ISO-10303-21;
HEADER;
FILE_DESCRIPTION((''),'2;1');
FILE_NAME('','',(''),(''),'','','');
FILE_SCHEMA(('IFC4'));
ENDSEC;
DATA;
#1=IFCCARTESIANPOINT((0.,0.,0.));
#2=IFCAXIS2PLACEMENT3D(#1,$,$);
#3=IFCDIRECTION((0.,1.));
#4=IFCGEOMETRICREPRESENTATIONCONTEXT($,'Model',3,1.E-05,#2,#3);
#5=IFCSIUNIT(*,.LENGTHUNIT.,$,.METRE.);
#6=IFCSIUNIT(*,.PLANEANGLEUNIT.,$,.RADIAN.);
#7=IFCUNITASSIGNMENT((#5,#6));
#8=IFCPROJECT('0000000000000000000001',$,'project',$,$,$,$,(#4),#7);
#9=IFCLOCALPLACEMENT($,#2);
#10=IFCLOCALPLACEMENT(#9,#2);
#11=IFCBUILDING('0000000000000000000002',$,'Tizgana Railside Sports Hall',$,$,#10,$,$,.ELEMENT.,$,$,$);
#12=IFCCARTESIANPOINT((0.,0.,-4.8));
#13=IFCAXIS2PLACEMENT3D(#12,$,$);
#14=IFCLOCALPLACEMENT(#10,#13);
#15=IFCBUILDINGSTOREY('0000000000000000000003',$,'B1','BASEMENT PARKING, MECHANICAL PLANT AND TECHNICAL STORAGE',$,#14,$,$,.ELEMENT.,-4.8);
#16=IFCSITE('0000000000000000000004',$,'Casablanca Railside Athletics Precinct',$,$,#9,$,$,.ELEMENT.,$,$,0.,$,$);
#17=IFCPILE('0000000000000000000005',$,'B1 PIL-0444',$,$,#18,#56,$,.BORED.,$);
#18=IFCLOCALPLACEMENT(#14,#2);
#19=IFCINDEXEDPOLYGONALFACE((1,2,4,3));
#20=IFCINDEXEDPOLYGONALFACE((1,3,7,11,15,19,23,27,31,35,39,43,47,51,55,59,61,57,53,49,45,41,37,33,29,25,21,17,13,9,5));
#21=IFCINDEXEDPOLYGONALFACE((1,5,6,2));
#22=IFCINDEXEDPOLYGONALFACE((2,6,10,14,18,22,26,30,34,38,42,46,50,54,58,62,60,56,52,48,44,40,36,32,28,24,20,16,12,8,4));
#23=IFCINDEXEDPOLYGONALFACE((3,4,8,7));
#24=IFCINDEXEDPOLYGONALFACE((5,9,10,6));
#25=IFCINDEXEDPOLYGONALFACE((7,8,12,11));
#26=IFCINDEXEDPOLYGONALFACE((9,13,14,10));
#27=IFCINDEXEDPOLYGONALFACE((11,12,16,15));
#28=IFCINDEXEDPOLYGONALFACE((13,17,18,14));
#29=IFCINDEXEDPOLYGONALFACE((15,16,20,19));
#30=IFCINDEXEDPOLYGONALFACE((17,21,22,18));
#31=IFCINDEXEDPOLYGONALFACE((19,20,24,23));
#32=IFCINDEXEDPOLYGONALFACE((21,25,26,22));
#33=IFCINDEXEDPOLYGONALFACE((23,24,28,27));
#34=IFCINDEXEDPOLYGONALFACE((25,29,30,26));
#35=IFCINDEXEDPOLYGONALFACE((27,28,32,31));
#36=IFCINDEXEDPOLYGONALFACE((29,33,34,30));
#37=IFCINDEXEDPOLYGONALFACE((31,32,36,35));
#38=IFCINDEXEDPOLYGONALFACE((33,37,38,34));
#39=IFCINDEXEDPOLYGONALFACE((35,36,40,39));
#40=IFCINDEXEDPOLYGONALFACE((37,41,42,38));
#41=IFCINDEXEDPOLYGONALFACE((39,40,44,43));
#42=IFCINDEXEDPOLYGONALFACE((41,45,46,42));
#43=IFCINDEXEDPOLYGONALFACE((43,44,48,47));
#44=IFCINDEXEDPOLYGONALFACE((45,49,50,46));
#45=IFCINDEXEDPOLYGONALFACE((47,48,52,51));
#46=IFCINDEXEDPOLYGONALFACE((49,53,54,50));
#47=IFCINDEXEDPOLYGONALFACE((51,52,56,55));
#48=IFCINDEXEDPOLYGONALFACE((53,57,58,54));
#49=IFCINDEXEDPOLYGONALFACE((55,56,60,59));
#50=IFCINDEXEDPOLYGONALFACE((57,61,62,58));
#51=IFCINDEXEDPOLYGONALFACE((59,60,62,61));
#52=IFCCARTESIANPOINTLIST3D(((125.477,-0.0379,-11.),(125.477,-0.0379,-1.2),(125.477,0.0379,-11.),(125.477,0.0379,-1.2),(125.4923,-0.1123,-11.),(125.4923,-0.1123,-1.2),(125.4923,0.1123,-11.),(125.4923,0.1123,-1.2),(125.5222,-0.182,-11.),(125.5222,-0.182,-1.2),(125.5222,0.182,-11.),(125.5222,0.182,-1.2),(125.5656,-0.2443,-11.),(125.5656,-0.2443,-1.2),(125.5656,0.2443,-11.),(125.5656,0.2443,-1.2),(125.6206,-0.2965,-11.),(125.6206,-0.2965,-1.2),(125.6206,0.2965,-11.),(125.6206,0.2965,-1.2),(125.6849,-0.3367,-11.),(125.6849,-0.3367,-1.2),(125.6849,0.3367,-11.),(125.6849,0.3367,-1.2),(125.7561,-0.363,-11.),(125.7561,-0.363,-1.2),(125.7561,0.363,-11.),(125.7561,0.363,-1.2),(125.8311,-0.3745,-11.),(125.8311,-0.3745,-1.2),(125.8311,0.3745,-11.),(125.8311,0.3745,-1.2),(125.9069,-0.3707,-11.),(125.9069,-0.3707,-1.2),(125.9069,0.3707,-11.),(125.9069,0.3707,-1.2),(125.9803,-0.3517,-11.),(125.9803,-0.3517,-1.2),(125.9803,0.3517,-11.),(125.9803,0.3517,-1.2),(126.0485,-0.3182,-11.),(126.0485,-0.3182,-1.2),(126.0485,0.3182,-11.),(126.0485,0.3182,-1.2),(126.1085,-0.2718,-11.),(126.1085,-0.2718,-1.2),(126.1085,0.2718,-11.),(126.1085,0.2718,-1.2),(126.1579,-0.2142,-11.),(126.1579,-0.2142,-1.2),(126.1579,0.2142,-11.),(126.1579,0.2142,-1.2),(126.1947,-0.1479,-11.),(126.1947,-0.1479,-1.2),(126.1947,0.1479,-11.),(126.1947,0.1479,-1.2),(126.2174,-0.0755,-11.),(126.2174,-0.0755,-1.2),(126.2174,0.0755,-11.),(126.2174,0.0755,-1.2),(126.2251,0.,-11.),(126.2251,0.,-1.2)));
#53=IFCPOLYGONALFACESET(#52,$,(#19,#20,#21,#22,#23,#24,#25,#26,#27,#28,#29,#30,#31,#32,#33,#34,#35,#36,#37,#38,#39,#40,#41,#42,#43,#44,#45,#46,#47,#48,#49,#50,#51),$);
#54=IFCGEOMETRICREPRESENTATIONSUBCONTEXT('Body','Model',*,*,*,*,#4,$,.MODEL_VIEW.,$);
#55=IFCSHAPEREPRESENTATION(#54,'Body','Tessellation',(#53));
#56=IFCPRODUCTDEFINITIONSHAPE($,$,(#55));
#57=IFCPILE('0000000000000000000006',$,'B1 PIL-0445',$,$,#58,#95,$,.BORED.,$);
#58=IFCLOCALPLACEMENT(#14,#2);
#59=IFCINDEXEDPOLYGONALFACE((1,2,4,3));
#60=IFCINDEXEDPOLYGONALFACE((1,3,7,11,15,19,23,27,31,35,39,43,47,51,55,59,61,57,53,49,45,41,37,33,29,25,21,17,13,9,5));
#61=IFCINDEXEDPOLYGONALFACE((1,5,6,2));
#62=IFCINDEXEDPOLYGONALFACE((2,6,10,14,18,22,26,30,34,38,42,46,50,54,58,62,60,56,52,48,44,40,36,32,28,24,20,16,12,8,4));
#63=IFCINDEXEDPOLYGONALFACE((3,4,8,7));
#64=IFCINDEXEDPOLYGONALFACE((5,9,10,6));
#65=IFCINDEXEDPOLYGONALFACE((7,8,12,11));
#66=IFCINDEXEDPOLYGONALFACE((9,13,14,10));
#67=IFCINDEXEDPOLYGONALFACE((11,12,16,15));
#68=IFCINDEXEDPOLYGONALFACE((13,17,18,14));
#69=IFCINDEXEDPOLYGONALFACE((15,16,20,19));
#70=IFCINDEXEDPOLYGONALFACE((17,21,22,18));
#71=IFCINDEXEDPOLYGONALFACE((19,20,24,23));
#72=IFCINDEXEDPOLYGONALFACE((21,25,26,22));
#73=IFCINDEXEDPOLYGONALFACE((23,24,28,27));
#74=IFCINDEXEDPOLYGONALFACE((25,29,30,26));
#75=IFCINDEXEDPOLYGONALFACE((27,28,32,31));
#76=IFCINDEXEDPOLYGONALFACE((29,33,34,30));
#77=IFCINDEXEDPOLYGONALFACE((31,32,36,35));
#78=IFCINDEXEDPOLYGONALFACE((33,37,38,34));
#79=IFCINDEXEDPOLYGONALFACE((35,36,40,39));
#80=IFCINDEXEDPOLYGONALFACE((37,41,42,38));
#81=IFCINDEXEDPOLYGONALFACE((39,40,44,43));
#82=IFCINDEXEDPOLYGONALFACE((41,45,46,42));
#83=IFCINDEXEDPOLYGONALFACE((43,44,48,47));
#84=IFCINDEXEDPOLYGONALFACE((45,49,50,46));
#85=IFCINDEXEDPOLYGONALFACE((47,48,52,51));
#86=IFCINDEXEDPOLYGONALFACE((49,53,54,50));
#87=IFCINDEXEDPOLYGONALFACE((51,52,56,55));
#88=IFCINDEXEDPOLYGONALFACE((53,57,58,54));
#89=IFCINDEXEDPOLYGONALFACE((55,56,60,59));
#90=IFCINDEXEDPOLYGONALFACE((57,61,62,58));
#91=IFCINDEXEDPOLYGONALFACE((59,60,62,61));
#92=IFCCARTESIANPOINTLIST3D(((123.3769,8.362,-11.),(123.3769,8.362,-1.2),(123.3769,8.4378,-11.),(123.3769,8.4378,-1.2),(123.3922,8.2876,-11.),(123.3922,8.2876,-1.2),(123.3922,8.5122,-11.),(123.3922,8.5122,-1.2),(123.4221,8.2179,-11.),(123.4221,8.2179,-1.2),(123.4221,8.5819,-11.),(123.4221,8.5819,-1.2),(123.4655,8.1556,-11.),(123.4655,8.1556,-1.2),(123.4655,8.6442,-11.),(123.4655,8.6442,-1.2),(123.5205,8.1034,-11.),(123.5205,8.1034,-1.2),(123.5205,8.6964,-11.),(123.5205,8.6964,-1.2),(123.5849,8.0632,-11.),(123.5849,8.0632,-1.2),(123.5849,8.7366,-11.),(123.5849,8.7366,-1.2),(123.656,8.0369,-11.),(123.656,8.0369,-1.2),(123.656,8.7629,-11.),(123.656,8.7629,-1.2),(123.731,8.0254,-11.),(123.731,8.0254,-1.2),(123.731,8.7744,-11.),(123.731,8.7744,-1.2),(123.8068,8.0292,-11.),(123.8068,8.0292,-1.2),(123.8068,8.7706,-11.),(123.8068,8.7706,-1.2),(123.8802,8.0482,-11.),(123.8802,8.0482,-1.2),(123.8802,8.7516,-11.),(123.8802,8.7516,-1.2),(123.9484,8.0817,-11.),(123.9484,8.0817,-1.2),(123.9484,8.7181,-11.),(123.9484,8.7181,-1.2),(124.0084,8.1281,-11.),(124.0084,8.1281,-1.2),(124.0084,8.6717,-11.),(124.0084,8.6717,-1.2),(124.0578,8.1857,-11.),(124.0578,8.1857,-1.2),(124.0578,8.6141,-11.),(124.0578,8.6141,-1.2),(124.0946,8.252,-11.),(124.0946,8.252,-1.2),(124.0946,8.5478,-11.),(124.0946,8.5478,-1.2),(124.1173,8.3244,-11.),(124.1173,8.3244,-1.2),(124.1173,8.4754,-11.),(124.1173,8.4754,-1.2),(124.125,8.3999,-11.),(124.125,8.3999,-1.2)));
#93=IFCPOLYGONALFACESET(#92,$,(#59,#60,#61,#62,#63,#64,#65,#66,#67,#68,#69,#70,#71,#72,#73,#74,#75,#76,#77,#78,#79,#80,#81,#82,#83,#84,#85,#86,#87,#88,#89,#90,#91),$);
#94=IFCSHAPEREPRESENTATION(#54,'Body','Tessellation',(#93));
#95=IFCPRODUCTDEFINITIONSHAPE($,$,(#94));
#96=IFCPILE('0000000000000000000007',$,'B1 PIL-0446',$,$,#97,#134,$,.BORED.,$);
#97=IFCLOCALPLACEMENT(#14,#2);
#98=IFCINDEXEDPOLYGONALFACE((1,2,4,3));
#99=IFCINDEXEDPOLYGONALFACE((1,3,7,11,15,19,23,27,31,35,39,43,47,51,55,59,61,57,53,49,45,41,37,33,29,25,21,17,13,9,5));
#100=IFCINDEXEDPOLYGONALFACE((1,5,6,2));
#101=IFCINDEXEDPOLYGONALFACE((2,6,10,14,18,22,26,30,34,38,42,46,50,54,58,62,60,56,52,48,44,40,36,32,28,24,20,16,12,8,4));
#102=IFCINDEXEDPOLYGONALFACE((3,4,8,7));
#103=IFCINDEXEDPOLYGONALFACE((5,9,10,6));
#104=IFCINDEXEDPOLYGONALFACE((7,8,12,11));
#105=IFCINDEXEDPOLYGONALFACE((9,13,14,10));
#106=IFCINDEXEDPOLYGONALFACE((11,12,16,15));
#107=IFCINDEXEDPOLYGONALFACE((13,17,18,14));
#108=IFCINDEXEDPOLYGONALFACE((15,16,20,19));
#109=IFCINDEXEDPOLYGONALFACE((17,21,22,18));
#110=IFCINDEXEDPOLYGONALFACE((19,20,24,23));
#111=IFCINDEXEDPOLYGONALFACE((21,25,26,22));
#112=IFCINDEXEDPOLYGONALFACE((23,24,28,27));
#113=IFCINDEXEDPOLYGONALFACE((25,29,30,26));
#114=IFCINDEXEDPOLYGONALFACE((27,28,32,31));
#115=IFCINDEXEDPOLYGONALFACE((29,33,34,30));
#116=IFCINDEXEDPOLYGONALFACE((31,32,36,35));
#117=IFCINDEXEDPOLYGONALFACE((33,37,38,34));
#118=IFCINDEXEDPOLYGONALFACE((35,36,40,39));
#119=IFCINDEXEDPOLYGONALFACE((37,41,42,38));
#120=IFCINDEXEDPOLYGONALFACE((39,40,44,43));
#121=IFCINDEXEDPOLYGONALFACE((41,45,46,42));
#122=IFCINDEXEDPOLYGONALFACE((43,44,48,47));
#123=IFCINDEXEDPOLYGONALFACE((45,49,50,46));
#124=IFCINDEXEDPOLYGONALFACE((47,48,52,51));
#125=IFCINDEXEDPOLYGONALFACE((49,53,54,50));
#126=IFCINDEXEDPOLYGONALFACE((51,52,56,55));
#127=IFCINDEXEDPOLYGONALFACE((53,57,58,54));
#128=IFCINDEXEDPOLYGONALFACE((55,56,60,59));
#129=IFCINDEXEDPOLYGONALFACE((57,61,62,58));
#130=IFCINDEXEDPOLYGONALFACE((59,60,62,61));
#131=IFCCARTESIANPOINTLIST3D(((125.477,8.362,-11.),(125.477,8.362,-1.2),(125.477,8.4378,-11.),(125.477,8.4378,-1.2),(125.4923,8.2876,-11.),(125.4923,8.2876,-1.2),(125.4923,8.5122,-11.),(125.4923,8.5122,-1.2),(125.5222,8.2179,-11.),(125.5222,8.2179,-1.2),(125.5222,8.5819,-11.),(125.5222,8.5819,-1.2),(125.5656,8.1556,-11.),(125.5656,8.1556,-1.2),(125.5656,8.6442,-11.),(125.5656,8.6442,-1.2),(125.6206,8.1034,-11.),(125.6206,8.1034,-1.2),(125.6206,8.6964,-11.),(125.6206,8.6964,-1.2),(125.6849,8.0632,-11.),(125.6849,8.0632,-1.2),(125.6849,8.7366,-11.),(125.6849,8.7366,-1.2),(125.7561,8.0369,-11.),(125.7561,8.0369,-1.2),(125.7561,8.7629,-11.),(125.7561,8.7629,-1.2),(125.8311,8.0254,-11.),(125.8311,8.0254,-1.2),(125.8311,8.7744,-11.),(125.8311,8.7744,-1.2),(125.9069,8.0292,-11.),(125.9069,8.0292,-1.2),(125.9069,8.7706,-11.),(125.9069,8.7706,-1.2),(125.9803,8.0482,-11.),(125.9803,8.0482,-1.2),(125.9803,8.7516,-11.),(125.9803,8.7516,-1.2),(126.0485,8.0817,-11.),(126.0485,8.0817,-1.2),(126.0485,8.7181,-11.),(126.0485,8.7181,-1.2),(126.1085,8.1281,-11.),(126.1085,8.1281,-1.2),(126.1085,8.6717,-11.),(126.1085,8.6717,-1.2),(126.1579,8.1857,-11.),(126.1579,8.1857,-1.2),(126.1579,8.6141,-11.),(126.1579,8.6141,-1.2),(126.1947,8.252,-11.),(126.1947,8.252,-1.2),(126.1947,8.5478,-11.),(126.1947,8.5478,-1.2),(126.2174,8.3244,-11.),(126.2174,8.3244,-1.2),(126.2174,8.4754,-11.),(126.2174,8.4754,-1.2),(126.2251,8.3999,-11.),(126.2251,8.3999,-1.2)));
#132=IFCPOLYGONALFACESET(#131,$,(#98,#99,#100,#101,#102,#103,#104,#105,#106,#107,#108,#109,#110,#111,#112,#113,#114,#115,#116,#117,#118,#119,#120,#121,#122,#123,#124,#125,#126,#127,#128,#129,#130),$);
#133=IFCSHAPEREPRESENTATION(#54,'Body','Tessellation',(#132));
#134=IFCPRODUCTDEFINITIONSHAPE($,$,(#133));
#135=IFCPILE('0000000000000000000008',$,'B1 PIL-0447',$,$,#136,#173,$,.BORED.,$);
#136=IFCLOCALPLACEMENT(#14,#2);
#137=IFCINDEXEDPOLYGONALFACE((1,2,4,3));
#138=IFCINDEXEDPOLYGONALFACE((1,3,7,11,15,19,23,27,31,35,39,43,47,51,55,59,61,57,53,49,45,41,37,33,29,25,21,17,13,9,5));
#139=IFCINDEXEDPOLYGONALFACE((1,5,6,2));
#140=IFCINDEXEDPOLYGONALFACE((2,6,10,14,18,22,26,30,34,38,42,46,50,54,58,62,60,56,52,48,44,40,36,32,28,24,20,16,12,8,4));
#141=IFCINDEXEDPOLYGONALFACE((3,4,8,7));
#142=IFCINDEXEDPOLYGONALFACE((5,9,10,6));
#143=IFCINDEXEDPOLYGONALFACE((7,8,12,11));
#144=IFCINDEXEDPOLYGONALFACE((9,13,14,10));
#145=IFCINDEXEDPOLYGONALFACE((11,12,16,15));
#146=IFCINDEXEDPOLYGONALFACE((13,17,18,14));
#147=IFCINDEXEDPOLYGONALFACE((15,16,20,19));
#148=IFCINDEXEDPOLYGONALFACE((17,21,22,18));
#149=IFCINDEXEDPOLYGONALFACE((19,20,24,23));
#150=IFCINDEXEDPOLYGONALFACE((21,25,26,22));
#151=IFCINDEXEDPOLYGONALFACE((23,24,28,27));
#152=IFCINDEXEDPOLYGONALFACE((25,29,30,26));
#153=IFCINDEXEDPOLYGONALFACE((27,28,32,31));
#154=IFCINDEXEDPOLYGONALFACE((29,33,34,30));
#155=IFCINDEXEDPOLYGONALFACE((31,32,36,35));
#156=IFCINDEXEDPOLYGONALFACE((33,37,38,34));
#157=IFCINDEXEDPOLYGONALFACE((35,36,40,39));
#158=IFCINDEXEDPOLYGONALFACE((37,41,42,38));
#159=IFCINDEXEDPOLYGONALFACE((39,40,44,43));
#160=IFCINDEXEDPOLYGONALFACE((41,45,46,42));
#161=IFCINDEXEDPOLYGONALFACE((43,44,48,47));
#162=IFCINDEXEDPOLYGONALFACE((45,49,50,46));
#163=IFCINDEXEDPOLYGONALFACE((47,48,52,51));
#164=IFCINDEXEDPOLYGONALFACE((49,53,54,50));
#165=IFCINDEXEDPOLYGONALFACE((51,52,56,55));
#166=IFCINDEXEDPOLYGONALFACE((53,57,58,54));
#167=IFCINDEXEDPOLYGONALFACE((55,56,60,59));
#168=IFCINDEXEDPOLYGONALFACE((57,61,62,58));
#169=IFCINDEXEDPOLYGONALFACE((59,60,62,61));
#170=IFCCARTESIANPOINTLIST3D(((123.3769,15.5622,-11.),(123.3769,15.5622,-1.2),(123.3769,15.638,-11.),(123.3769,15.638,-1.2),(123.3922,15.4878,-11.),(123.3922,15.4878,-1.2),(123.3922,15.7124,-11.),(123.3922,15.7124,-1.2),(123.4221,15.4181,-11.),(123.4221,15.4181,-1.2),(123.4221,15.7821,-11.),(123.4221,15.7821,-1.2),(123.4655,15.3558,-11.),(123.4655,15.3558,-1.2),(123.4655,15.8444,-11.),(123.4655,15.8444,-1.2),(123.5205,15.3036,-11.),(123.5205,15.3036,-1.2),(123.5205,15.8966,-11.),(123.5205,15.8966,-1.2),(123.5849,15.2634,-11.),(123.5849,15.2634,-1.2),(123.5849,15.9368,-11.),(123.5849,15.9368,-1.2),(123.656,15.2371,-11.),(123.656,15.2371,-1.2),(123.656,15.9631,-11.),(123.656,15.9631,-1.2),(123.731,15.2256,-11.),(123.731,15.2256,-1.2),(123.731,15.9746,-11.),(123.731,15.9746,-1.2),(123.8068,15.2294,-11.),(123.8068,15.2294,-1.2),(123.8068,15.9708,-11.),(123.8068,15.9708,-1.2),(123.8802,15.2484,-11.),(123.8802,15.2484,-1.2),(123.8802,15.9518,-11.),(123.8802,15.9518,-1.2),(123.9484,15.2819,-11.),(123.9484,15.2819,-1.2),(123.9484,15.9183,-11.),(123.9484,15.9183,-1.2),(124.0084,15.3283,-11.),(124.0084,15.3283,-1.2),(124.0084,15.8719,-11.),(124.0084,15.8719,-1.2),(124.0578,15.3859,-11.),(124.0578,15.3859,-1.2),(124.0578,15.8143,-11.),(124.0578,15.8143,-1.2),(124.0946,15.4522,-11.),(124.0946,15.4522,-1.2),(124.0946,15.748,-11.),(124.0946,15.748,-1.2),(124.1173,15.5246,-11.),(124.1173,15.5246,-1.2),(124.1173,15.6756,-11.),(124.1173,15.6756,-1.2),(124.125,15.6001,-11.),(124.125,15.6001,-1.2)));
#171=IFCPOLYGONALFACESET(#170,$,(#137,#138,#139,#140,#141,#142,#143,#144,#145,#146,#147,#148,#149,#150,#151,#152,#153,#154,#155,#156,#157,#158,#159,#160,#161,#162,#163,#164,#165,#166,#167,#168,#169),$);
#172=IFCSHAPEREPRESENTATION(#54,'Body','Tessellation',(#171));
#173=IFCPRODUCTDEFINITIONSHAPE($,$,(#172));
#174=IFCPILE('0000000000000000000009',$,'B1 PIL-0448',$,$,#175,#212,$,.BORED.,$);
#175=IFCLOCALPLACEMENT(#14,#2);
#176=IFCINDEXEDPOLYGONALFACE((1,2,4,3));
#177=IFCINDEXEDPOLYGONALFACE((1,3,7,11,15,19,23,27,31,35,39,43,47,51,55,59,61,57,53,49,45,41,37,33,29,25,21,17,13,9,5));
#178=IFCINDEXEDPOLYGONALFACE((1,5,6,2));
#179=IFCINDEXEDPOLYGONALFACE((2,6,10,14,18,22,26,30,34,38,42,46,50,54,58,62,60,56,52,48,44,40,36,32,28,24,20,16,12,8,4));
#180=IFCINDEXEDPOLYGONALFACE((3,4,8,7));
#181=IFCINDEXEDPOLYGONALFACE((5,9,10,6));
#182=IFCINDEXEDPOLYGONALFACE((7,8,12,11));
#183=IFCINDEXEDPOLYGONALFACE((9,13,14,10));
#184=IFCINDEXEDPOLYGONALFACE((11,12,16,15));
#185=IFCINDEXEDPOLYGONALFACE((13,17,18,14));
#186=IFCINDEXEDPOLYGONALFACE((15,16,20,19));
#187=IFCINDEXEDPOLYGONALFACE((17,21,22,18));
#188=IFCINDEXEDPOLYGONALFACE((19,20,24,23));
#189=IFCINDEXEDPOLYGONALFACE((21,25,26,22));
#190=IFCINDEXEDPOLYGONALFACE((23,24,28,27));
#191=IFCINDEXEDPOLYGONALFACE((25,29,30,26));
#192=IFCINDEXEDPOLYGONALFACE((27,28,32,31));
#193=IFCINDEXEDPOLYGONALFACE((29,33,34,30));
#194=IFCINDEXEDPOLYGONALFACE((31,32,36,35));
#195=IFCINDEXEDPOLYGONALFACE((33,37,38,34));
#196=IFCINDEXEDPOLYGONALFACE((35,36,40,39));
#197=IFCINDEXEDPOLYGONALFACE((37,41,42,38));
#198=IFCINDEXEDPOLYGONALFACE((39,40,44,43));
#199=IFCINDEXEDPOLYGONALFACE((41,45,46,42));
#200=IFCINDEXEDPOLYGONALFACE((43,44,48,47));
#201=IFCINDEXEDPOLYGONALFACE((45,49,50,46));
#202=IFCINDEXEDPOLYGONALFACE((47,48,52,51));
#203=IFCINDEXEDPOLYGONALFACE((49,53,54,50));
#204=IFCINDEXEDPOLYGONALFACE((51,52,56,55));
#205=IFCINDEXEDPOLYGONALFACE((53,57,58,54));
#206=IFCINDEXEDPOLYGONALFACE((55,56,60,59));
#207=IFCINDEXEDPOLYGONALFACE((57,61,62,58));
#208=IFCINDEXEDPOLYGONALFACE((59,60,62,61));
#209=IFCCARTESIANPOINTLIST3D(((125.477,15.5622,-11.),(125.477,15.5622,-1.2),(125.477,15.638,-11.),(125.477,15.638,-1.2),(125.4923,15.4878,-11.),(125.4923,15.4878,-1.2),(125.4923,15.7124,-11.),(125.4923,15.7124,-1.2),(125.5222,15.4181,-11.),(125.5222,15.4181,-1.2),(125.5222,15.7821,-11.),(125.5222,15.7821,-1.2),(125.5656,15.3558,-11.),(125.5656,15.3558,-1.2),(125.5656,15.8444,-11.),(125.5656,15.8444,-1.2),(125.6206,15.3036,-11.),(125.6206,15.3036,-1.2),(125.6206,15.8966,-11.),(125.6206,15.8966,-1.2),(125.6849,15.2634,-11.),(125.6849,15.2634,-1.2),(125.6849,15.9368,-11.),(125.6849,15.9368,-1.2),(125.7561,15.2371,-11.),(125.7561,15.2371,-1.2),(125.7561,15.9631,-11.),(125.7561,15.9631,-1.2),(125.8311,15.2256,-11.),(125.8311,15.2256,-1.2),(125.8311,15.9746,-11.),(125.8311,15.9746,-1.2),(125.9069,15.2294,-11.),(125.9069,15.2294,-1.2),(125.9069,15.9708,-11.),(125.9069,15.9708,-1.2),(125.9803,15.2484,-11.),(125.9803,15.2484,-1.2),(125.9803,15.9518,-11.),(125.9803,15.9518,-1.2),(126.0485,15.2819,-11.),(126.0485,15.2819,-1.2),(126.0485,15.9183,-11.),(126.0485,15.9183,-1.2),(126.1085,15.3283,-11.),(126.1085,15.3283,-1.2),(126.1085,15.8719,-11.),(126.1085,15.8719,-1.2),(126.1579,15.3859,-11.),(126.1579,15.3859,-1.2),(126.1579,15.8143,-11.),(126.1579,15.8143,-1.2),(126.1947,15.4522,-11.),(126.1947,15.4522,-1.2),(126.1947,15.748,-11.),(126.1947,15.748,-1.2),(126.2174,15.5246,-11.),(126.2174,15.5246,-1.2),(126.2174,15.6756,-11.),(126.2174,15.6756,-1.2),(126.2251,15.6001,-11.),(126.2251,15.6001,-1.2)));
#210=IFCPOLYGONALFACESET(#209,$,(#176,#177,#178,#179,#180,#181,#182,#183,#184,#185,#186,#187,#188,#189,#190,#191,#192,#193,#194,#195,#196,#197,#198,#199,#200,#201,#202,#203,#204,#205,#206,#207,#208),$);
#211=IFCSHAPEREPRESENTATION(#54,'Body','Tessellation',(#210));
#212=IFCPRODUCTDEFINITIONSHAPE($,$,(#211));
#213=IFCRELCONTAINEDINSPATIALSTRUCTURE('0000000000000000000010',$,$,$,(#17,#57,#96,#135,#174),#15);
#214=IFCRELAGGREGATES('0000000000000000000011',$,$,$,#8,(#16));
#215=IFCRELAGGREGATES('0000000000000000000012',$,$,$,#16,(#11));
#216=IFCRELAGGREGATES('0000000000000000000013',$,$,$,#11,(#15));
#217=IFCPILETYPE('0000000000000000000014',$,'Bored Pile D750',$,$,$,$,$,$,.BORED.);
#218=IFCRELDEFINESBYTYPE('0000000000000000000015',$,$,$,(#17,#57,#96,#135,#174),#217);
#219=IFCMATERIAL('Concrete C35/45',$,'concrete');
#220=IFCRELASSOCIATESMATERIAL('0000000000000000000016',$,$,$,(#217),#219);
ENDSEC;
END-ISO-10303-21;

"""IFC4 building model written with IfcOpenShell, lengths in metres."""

from ifc_helpers import new_model, si_unit, direction, frame, origin, origin_2d, place, context, subcontext, project, spatial, circle, extrude, material, material_profile, profile_set, type_object, element, save


model = new_model("IFC4")

# Units and contexts
model_context = context("Model", 3, precision=1e-05, world=origin(), true_north=direction((0.0, 1.0)))
body_context = subcontext(model_context, "Body", "Model", "MODEL_VIEW")
ifc_project = project(units=[si_unit("LENGTHUNIT", "METRE"), si_unit("PLANEANGLEUNIT", "RADIAN")], contexts=[model_context])

# Site, building, storey
site_placement = place(None, origin())
site = spatial("IfcSite", under=ifc_project, at=site_placement, Name="Casablanca Railside Athletics Precinct", CompositionType="ELEMENT", RefElevation=0.0)
building_placement = place(site_placement, origin())
building = spatial("IfcBuilding", under=site, at=building_placement, Name="Tizgana Railside Sports Hall", CompositionType="ELEMENT")
storey_placement = place(building_placement, frame((0.0, 0.0, -4.8)))
storey = spatial("IfcBuildingStorey", under=building, at=storey_placement, Name="B1", Description="BASEMENT PARKING, MECHANICAL PLANT AND TECHNICAL STORAGE", CompositionType="ELEMENT", Elevation=-4.8)

# Piles
ifc_material_1 = material(Name="Concrete C35/45", Category="concrete")
ifc_material_profile_1 = material_profile(ifc_material_1, circle(Radius=0.375, at=origin_2d()), Name="PILE D750")
ifc_profile_set_1 = profile_set([ifc_material_profile_1], Name="Concrete C35/45")
pile_type = type_object("IfcPileType", Name="Bored Pile D750", PredefinedType="BORED", material=ifc_profile_set_1)
for number, where, z_axis, x_axis, name in (
    (1, (125.8501, 0.0, -1.2), (0.0, 0.0, -1.0), (1.0, 0.0, 0.0), "B1 PIL-0444"),
    (2, (123.75, 8.3999, -1.2), (0.0, 0.0, -1.0), (1.0, 0.0, 0.0), "B1 PIL-0445"),
    (3, (125.8501, 8.3999, -1.2), (0.0, 0.0, -1.0), (1.0, 0.0, 0.0), "B1 PIL-0446"),
    (4, (123.75, 15.6001, -1.2), (0.0, 0.0, -1.0), (1.0, 0.0, 0.0), "B1 PIL-0447"),
    (5, (125.8501, 15.6001, -1.2), (0.0, 0.0, -1.0), (1.0, 0.0, 0.0), "B1 PIL-0448"),
):
    element("IfcPile", number, at=place(storey_placement, frame(where, z_axis=z_axis, x_axis=x_axis)), inside=storey, type_object=pile_type, Name=name, PredefinedType="BORED", context=body_context, shape_type="SweptSolid", body=[
        extrude(circle(Radius=0.375, at=origin_2d()), origin(), (0.0, 0.0, 1.0), 9.8),
    ])

save(model, "model.ifc")
